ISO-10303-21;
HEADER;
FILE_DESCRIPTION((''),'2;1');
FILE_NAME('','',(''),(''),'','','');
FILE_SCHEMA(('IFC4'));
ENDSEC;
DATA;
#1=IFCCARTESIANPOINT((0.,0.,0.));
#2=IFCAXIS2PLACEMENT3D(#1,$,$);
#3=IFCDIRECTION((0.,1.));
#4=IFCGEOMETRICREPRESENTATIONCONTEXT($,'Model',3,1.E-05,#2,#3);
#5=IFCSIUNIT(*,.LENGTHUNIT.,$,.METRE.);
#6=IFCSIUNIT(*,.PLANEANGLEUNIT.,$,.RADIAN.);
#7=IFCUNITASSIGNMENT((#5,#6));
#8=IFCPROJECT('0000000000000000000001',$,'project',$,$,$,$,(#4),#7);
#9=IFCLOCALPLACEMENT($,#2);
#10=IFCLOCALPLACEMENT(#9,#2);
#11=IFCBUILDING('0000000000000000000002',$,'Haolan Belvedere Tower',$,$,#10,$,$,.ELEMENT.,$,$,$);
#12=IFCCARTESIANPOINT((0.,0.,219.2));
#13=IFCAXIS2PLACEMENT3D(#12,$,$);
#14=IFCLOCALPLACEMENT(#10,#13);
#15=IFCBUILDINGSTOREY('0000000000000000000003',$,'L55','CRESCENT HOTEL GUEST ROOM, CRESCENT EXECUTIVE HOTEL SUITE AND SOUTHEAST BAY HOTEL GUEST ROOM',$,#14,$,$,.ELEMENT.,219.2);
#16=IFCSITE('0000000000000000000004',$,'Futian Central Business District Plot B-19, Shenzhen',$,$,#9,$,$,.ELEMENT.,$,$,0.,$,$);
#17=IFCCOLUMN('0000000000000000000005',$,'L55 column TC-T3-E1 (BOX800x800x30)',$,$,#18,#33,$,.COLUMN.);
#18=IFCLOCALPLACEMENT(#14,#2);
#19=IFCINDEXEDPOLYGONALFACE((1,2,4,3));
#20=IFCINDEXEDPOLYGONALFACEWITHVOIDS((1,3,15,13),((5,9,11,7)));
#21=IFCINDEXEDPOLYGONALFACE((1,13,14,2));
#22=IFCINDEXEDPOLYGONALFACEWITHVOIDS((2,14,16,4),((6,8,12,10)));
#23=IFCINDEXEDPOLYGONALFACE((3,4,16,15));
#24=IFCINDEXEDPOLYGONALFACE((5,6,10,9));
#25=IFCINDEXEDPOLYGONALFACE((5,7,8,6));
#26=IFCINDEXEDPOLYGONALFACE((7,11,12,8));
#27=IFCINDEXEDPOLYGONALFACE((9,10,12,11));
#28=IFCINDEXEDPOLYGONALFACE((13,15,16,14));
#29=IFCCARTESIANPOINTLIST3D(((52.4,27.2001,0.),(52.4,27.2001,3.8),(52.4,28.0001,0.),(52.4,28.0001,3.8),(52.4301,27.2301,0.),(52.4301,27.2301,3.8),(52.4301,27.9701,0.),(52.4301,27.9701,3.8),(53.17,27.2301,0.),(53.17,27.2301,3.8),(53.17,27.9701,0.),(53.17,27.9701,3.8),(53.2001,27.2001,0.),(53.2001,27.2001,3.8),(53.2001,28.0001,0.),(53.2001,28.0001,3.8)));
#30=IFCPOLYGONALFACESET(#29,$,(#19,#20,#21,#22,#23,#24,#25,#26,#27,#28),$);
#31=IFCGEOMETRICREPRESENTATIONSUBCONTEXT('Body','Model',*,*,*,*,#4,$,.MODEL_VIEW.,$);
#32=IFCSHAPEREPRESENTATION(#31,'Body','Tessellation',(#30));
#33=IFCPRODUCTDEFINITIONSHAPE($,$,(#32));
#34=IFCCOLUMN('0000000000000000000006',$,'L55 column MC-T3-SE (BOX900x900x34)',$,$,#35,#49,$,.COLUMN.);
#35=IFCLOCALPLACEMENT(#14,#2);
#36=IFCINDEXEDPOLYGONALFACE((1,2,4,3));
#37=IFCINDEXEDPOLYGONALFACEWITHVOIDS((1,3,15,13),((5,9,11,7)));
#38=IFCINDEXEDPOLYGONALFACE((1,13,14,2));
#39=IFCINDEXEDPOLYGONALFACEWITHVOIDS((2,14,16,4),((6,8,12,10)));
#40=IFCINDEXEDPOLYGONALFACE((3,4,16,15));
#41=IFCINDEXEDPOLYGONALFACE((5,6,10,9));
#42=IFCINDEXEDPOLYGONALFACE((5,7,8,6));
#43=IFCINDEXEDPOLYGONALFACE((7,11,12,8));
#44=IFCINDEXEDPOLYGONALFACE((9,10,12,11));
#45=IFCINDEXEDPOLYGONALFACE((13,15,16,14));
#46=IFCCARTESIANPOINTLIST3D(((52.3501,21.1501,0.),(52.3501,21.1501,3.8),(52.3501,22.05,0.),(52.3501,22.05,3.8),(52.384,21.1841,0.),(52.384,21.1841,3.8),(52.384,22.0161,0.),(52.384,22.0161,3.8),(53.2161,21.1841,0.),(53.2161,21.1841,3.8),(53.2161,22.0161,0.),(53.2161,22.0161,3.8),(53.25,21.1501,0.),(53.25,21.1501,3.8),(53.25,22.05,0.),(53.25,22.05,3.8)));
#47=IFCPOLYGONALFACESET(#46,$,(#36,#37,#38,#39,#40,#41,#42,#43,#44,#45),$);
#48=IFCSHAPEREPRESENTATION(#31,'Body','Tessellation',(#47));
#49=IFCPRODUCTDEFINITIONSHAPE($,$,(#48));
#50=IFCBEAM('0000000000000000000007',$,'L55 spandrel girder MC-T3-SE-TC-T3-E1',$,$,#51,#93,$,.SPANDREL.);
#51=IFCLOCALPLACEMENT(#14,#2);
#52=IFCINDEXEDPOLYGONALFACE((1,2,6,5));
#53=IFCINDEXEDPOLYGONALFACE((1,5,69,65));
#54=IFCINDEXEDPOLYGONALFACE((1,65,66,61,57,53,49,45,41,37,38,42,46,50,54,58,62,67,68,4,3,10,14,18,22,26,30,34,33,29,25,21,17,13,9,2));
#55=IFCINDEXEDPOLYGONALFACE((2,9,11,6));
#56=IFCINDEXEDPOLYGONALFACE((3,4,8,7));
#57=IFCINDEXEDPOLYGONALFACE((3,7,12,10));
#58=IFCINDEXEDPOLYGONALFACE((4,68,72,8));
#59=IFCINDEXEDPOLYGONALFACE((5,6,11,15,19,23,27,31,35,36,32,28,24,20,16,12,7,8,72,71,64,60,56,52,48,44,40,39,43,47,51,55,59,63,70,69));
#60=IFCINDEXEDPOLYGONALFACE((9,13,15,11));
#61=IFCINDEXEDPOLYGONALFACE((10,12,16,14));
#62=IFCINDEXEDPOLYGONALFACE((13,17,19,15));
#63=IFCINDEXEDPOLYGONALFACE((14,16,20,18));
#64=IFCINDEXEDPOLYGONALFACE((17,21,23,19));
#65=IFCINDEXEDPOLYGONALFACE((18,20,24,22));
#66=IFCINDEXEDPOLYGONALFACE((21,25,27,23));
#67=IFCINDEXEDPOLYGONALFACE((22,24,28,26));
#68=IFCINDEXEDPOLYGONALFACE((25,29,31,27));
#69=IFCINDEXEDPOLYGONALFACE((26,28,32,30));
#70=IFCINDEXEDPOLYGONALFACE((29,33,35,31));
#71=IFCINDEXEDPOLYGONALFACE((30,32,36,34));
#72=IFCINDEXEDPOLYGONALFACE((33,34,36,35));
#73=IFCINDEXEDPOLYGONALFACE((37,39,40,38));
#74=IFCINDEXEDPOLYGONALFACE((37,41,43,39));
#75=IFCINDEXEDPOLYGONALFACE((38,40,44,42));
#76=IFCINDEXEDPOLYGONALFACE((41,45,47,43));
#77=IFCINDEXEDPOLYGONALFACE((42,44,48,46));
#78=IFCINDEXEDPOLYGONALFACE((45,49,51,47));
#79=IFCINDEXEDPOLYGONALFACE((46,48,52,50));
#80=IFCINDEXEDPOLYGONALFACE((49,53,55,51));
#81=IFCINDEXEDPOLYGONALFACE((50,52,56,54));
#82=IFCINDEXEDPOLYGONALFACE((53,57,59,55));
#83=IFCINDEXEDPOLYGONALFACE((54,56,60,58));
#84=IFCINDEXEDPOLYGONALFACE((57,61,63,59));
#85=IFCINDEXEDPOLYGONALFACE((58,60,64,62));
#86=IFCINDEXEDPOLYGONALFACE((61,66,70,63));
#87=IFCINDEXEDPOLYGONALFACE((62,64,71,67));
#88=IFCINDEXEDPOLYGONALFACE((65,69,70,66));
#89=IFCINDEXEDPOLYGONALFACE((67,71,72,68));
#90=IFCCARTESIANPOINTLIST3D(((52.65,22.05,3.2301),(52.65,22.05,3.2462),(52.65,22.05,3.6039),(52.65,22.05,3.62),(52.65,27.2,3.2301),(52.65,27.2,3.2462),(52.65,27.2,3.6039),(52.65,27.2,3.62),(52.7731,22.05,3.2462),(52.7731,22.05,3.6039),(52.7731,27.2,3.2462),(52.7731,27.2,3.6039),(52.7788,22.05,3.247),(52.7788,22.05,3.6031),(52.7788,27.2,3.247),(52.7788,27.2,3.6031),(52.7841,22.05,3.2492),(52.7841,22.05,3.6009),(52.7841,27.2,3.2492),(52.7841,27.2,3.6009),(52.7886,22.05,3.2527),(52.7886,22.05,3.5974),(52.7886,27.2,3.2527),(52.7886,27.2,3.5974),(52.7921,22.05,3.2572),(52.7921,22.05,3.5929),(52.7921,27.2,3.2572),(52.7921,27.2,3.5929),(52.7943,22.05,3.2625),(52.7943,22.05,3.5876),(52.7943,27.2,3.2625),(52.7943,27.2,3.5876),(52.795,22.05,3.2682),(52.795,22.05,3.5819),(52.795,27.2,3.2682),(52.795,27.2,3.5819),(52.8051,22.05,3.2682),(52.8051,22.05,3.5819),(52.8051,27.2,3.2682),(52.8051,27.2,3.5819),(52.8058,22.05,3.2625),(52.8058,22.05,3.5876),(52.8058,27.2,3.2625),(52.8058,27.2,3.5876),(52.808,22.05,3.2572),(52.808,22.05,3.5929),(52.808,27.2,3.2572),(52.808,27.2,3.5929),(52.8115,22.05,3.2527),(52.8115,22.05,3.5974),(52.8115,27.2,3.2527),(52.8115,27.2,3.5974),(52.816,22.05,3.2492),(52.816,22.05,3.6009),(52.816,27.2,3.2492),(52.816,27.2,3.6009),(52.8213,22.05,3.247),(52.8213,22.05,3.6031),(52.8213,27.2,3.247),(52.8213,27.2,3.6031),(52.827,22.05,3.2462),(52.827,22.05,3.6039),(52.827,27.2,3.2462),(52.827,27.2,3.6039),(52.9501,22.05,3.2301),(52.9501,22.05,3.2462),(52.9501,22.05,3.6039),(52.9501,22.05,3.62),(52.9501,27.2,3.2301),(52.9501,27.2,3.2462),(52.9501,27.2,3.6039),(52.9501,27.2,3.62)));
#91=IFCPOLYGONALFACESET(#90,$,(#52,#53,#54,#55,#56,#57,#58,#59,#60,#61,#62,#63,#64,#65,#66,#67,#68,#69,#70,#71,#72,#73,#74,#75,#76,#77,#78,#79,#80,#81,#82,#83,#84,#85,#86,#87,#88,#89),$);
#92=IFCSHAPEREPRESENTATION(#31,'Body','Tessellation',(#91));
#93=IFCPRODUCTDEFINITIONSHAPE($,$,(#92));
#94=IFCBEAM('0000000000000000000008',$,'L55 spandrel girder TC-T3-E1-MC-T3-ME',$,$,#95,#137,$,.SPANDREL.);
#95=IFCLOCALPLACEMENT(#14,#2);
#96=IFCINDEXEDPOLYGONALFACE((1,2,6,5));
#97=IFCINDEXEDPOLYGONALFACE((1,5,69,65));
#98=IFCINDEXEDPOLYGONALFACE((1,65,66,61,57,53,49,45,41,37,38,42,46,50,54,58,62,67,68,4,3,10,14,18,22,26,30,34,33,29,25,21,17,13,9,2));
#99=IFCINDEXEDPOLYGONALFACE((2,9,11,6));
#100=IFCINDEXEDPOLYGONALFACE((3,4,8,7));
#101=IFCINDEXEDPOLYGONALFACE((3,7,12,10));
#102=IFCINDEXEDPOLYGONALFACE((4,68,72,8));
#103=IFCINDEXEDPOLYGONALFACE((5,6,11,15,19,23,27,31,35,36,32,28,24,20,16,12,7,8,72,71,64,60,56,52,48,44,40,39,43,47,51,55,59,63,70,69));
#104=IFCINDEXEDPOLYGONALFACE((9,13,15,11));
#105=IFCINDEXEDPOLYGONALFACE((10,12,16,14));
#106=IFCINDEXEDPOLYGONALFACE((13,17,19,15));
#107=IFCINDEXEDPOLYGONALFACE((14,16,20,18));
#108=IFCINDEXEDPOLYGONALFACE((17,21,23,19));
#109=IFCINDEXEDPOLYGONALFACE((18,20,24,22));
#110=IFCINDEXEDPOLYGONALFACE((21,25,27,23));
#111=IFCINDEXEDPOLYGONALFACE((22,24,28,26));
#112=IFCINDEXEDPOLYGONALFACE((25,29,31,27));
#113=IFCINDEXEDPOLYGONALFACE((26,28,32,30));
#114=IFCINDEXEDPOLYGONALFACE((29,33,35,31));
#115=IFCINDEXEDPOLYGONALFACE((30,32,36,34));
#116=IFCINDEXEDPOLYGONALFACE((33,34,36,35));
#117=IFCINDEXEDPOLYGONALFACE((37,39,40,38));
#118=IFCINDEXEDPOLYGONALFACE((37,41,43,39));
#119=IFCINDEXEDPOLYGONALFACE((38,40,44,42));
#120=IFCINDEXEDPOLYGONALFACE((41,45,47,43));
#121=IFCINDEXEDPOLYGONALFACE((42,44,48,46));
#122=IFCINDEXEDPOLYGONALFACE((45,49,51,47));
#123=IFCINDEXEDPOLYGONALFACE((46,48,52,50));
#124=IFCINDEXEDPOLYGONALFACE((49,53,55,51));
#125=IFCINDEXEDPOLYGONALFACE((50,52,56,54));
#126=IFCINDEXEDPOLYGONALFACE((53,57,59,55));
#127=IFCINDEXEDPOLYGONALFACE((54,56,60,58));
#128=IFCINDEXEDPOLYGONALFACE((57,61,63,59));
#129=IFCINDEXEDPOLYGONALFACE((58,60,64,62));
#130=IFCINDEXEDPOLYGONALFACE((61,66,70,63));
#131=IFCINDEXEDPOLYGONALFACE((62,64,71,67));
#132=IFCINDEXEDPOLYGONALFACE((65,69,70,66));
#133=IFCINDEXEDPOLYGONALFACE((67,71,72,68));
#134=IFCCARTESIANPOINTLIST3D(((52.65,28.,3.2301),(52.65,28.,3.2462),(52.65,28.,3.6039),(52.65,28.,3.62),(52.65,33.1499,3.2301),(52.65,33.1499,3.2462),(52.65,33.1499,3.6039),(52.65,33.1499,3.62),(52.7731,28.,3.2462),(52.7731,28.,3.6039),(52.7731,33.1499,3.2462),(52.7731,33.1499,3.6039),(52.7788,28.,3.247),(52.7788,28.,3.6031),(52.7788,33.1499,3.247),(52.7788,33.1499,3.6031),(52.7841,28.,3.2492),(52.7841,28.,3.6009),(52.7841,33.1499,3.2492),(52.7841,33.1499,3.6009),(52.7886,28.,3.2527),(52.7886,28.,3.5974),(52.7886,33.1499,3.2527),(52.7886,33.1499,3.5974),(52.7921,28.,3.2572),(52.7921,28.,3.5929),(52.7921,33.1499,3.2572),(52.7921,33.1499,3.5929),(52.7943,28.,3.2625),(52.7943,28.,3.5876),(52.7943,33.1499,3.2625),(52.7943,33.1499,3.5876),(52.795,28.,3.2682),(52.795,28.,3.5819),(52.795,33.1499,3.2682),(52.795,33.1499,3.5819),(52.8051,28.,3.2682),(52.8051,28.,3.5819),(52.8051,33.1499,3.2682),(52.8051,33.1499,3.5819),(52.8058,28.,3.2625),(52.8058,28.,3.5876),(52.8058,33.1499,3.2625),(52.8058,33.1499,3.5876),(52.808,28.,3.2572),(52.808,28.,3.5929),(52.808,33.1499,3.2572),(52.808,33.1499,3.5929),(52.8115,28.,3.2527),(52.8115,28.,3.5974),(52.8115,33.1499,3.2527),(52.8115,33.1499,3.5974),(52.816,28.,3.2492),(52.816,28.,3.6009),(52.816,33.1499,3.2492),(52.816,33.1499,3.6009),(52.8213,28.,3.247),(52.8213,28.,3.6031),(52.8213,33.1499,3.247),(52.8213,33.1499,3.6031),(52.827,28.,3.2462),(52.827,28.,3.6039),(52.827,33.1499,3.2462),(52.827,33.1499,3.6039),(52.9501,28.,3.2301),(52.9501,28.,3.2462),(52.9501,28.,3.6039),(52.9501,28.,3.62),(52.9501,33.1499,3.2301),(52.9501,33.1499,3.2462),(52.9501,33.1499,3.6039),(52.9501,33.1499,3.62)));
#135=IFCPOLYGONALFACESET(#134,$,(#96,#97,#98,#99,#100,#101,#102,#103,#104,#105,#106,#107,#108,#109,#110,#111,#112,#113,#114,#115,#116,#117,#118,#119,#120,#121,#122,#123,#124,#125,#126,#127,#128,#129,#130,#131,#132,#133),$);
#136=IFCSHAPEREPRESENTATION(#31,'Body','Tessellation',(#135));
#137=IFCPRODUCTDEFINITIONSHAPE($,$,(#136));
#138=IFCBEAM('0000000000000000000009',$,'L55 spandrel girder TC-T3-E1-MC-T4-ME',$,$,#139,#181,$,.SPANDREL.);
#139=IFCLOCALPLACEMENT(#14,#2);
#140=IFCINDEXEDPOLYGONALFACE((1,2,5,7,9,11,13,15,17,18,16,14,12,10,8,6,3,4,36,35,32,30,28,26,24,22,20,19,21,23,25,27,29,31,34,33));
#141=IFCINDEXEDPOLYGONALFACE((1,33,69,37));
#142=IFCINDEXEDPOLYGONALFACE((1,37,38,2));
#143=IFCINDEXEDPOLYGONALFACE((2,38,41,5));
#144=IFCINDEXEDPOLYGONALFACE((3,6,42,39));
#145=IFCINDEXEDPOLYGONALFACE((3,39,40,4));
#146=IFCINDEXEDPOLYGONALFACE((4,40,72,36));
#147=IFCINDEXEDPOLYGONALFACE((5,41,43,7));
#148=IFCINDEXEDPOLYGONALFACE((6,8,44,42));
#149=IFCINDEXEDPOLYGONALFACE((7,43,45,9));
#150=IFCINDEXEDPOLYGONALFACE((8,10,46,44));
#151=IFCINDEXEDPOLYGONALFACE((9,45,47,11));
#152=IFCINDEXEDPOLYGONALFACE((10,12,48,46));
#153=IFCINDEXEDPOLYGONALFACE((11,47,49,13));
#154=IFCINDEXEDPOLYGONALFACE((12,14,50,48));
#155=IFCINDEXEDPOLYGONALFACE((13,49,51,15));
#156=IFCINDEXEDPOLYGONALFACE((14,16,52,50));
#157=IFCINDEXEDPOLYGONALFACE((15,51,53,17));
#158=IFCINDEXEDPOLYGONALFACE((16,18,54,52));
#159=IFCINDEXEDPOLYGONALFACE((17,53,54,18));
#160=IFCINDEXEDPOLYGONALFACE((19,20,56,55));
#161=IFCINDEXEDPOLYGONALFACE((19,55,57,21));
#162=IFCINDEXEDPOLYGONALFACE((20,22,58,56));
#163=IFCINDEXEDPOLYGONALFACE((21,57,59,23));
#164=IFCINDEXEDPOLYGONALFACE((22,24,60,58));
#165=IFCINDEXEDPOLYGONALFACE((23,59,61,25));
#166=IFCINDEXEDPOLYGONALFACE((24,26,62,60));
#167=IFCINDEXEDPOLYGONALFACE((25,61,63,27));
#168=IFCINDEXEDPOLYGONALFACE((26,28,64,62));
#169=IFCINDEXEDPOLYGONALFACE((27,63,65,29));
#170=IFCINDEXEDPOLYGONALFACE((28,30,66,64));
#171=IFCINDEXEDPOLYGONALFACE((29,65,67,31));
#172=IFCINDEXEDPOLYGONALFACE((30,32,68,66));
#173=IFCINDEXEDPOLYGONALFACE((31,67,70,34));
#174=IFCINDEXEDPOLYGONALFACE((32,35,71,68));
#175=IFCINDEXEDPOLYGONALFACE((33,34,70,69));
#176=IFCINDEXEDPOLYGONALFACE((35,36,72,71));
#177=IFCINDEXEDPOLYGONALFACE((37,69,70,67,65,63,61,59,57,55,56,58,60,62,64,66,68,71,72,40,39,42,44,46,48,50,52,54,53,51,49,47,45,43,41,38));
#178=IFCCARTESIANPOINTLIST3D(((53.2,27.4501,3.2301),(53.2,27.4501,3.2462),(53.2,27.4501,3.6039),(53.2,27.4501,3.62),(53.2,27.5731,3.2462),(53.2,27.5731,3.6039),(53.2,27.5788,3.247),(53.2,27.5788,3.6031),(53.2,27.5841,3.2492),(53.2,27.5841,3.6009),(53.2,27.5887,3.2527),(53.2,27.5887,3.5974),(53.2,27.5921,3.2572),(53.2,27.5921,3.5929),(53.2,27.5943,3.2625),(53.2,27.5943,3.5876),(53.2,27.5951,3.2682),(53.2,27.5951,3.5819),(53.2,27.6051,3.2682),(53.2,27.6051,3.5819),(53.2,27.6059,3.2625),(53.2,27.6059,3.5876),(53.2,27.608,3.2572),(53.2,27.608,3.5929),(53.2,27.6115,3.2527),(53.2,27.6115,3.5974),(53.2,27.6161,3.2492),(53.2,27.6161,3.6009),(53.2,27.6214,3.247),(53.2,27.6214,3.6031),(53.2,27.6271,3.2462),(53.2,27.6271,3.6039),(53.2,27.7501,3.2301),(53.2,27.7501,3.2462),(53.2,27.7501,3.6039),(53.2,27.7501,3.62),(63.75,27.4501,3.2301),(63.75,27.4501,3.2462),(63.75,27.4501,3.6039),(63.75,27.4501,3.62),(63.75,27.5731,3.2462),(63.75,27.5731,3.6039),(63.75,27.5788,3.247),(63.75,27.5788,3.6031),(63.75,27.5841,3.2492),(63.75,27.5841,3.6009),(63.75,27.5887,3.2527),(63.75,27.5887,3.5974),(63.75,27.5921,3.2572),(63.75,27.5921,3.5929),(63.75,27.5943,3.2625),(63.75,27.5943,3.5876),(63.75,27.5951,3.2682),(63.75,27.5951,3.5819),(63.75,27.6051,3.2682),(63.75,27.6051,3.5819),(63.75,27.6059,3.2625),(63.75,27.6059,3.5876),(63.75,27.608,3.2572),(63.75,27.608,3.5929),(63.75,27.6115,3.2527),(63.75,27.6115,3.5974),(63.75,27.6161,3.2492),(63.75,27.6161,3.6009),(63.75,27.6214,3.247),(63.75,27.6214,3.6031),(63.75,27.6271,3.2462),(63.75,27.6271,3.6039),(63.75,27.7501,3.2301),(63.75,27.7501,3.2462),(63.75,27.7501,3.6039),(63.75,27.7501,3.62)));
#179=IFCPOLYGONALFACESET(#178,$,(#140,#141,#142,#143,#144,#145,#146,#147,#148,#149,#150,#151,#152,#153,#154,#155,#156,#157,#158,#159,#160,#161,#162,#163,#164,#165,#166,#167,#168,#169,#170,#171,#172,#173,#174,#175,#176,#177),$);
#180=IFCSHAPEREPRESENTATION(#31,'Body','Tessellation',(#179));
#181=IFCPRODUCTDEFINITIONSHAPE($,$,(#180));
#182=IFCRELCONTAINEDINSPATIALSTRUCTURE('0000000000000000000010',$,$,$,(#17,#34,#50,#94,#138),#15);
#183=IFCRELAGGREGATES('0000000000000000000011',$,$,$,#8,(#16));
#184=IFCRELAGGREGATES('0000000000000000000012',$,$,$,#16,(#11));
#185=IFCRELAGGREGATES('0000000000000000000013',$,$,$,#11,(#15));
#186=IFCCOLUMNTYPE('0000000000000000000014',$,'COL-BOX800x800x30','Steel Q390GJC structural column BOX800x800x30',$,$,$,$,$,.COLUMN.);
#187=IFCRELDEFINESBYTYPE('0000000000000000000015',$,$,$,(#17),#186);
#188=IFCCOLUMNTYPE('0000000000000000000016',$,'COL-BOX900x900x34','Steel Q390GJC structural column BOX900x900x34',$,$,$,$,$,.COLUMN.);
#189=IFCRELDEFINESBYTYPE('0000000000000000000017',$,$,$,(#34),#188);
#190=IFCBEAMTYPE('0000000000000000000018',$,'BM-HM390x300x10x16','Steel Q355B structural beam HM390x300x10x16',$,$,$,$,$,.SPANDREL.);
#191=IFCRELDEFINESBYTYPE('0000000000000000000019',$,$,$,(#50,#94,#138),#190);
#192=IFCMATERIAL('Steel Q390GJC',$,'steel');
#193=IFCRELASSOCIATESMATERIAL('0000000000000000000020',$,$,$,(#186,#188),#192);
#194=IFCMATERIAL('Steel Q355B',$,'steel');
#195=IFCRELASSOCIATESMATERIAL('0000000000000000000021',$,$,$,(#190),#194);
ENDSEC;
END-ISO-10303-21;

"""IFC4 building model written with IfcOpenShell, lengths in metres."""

from ifc_helpers import new_model, si_unit, direction, frame, origin, origin_2d, place, context, subcontext, project, spatial, hollow_rectangle, i_section, extrude, material, material_profile, profile_set, type_object, element, save


model = new_model("IFC4")

# Units and contexts
model_context = context("Model", 3, precision=1e-05, world=origin(), true_north=direction((0.0, 1.0)))
body_context = subcontext(model_context, "Body", "Model", "MODEL_VIEW")
ifc_project = project(units=[si_unit("LENGTHUNIT", "METRE"), si_unit("PLANEANGLEUNIT", "RADIAN")], contexts=[model_context])

# Site, building, storey
site_placement = place(None, origin())
site = spatial("IfcSite", under=ifc_project, at=site_placement, Name="Futian Central Business District Plot B-19, Shenzhen", CompositionType="ELEMENT", RefElevation=0.0)
building_placement = place(site_placement, origin())
building = spatial("IfcBuilding", under=site, at=building_placement, Name="Haolan Belvedere Tower", CompositionType="ELEMENT")
storey_placement = place(building_placement, frame((0.0, 0.0, 219.2)))
storey = spatial("IfcBuildingStorey", under=building, at=storey_placement, Name="L55", Description="CRESCENT HOTEL GUEST ROOM, CRESCENT EXECUTIVE HOTEL SUITE AND SOUTHEAST BAY HOTEL GUEST ROOM", CompositionType="ELEMENT", Elevation=219.2)

# Columns
ifc_material_1 = material(Name="Steel Q390GJC", Category="steel")
ifc_material_profile_1 = material_profile(ifc_material_1, hollow_rectangle(XDim=0.8, YDim=0.8, WallThickness=0.03, at=origin_2d()), Name="Steel Q390GJC")
ifc_profile_set_1 = profile_set([ifc_material_profile_1], Name="Steel Q390GJC")
column_type_1 = type_object("IfcColumnType", Name="COL-BOX800x800x30", Description="Steel Q390GJC structural column BOX800x800x30", PredefinedType="COLUMN", material=ifc_profile_set_1)
column_1_placement = place(storey_placement, frame((52.8, 27.6001, 0.0), z_axis=(0.0, 0.0, 1.0), x_axis=(1.0, 0.0, 0.0)))
element("IfcColumn", 1, at=column_1_placement, inside=storey, type_object=column_type_1, Name="L55 column TC-T3-E1 (BOX800x800x30)", PredefinedType="COLUMN", context=body_context, shape_type="SweptSolid", body=[
    extrude(hollow_rectangle(XDim=0.8, YDim=0.8, WallThickness=0.03, at=origin_2d()), origin(), (0.0, 0.0, 1.0), 3.8),
])
ifc_material_profile_2 = material_profile(ifc_material_1, hollow_rectangle(XDim=0.8999, YDim=0.8999, WallThickness=0.0339, at=origin_2d()), Name="Steel Q390GJC")
ifc_profile_set_2 = profile_set([ifc_material_profile_2], Name="Steel Q390GJC")
column_type_2 = type_object("IfcColumnType", Name="COL-BOX900x900x34", Description="Steel Q390GJC structural column BOX900x900x34", PredefinedType="COLUMN", material=ifc_profile_set_2)
column_2_placement = place(storey_placement, frame((52.8, 21.6001, 0.0), z_axis=(0.0, 0.0, 1.0), x_axis=(1.0, 0.0, 0.0)))
element("IfcColumn", 2, at=column_2_placement, inside=storey, type_object=column_type_2, Name="L55 column MC-T3-SE (BOX900x900x34)", PredefinedType="COLUMN", context=body_context, shape_type="SweptSolid", body=[
    extrude(hollow_rectangle(XDim=0.8999, YDim=0.8999, WallThickness=0.0339, at=origin_2d()), origin(), (0.0, 0.0, 1.0), 3.8),
])

# Beams
ifc_material_2 = material(Name="Steel Q355B", Category="steel")
ifc_material_profile_3 = material_profile(ifc_material_2, i_section(OverallWidth=0.3, OverallDepth=0.3899, WebThickness=0.01, FlangeThickness=0.0161, FilletRadius=0.022, at=origin_2d()), Name="Steel Q355B")
ifc_profile_set_3 = profile_set([ifc_material_profile_3], Name="Steel Q355B")
beam_type_1 = type_object("IfcBeamType", Name="BM-HM390x300x10x16", Description="Steel Q355B structural beam HM390x300x10x16", PredefinedType="SPANDREL", material=ifc_profile_set_3)
for number, where, z_axis, x_axis, name in (
    (3, (52.8, 22.05, 3.425), (0.0, 1.0, 0.0), (-1.0, 0.0, 0.0), "L55 spandrel girder MC-T3-SE-TC-T3-E1"),
    (4, (52.8, 28.0, 3.425), (0.0, 1.0, 0.0), (-1.0, 0.0, 0.0), "L55 spandrel girder TC-T3-E1-MC-T3-ME"),
):
    element("IfcBeam", number, at=place(storey_placement, frame(where, z_axis=z_axis, x_axis=x_axis)), inside=storey, type_object=beam_type_1, Name=name, PredefinedType="SPANDREL", context=body_context, shape_type="SweptSolid", body=[
        extrude(i_section(OverallWidth=0.3, OverallDepth=0.3899, WebThickness=0.01, FlangeThickness=0.0161, FilletRadius=0.022, at=origin_2d()), origin(), (0.0, 0.0, 1.0), 5.1499),
    ])
beam_1_placement = place(storey_placement, frame((53.2, 27.6001, 3.425), z_axis=(1.0, 0.0, 0.0), x_axis=(0.0, 1.0, 0.0)))
element("IfcBeam", 5, at=beam_1_placement, inside=storey, type_object=beam_type_1, Name="L55 spandrel girder TC-T3-E1-MC-T4-ME", PredefinedType="SPANDREL", context=body_context, shape_type="SweptSolid", body=[
    extrude(i_section(OverallWidth=0.3, OverallDepth=0.3899, WebThickness=0.01, FlangeThickness=0.0161, FilletRadius=0.022, at=origin_2d()), origin(), (0.0, 0.0, 1.0), 10.55),
])

save(model, "model.ifc")
